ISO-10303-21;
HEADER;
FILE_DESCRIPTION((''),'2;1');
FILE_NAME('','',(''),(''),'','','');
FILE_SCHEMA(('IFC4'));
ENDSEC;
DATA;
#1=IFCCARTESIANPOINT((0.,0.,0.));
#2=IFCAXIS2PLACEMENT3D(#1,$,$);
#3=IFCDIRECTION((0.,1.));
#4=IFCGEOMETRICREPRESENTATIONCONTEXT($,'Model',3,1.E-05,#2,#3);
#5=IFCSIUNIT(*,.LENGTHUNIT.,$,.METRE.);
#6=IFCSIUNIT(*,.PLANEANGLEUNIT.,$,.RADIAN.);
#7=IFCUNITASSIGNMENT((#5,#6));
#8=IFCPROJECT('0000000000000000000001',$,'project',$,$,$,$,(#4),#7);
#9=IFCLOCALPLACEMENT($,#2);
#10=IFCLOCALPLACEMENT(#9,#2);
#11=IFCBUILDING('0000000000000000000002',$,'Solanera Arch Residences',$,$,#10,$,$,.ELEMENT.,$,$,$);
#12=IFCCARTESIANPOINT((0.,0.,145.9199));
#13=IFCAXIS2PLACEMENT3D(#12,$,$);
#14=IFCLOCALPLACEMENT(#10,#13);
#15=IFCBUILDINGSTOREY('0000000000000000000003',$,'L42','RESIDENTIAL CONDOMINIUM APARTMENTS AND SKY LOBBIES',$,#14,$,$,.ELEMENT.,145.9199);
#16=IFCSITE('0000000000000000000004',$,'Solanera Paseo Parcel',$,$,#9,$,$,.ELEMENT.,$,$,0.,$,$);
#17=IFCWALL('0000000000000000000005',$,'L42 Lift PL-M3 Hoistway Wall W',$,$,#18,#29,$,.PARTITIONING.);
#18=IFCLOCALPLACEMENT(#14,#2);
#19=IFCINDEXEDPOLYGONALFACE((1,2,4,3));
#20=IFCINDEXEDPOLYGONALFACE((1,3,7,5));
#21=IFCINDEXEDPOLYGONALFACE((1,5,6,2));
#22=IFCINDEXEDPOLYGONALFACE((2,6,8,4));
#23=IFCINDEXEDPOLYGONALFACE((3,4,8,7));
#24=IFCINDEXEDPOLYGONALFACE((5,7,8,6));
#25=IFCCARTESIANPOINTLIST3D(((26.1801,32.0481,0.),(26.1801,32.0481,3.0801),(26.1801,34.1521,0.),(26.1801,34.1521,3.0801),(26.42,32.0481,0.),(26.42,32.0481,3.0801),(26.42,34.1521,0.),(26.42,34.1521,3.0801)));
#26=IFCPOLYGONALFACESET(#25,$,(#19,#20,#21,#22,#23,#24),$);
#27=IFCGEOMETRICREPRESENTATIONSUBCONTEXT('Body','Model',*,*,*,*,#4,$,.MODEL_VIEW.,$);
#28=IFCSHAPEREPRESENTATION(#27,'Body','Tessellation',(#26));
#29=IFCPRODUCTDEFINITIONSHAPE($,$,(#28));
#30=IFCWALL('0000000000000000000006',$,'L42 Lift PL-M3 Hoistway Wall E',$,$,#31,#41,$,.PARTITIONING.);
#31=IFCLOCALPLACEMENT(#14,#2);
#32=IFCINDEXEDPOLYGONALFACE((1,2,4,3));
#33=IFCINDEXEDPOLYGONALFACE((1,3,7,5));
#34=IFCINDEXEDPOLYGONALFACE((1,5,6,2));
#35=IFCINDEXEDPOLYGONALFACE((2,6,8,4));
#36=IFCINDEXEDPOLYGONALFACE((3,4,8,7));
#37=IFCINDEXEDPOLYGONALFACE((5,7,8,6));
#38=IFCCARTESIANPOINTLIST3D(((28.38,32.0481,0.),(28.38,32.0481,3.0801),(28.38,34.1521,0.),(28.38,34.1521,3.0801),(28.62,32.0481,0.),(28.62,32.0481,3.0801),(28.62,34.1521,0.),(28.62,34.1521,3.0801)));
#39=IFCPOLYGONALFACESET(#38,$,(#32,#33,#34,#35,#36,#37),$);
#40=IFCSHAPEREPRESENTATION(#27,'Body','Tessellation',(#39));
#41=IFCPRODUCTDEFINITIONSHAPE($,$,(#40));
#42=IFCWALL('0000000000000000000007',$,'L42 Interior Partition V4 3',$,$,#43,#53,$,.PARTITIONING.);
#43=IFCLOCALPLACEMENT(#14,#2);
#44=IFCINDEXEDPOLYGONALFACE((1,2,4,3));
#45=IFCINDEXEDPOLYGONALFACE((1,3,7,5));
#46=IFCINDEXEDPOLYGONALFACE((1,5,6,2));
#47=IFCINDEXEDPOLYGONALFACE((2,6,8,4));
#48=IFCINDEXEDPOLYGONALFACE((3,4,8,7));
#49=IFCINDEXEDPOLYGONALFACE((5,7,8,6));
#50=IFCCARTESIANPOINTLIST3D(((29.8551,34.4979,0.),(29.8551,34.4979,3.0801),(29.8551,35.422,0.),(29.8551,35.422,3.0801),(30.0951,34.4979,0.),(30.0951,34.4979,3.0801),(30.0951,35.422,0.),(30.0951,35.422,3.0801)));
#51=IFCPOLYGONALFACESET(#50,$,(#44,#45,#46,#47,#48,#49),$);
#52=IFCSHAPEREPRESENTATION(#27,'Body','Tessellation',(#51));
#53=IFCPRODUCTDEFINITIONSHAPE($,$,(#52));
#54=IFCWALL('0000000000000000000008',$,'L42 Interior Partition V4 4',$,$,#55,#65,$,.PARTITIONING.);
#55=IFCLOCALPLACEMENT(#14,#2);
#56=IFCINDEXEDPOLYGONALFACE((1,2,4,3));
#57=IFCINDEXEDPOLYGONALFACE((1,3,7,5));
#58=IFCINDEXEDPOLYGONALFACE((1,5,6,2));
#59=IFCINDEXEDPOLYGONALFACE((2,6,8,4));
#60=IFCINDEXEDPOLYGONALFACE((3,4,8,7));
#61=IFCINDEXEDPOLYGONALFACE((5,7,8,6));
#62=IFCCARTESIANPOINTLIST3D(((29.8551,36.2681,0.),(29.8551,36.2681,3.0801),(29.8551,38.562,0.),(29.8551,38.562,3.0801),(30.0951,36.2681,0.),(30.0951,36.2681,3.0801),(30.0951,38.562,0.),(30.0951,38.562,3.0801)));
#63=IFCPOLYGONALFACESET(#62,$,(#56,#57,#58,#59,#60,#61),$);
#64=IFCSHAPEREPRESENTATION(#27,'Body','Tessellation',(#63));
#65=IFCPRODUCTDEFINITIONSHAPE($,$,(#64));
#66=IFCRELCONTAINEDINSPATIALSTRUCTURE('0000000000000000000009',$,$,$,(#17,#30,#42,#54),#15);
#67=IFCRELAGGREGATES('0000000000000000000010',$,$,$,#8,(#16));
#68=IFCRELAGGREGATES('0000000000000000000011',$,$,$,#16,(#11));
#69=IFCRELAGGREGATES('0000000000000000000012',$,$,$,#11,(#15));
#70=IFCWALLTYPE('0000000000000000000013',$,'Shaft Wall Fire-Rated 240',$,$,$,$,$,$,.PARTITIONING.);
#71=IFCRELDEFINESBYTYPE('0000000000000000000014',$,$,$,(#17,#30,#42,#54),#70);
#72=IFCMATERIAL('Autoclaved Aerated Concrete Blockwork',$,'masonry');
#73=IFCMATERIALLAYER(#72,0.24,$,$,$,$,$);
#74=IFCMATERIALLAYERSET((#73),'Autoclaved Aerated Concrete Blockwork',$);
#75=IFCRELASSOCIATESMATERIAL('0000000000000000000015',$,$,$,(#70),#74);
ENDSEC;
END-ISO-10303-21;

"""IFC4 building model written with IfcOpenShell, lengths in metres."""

from ifc_helpers import new_model, si_unit, direction, frame, frame_2d, origin, place, context, subcontext, project, spatial, rectangle, extrude, material, layer, layer_set, type_object, element, save


model = new_model("IFC4")

# Units and contexts
model_context = context("Model", 3, precision=1e-05, world=origin(), true_north=direction((0.0, 1.0)))
body_context = subcontext(model_context, "Body", "Model", "MODEL_VIEW")
ifc_project = project(units=[si_unit("LENGTHUNIT", "METRE"), si_unit("PLANEANGLEUNIT", "RADIAN")], contexts=[model_context])

# Site, building, storey
site_placement = place(None, origin())
site = spatial("IfcSite", under=ifc_project, at=site_placement, Name="Solanera Paseo Parcel", CompositionType="ELEMENT", RefElevation=0.0)
building_placement = place(site_placement, origin())
building = spatial("IfcBuilding", under=site, at=building_placement, Name="Solanera Arch Residences", CompositionType="ELEMENT")
storey_placement = place(building_placement, frame((0.0, 0.0, 145.9199)))
storey = spatial("IfcBuildingStorey", under=building, at=storey_placement, Name="L42", Description="RESIDENTIAL CONDOMINIUM APARTMENTS AND SKY LOBBIES", CompositionType="ELEMENT", Elevation=145.9199)

# Walls
ifc_material_1 = material(Name="Autoclaved Aerated Concrete Blockwork", Category="masonry")
ifc_layer_1 = layer(ifc_material_1, 0.24)
ifc_layer_set_1 = layer_set([ifc_layer_1], Name="Autoclaved Aerated Concrete Blockwork")
wall_type_1 = type_object("IfcWallType", Name="Shaft Wall Fire-Rated 240", PredefinedType="PARTITIONING", material=ifc_layer_set_1)
for number, where, z_axis, x_axis, name in (
    (1, (26.3, 32.0481, 0.0), (0.0, 0.0, 1.0), (0.0, 1.0, 0.0), "L42 Lift PL-M3 Hoistway Wall W"),
    (2, (28.5, 32.0481, 0.0), (0.0, 0.0, 1.0), (0.0, 1.0, 0.0), "L42 Lift PL-M3 Hoistway Wall E"),
):
    element("IfcWall", number, at=place(storey_placement, frame(where, z_axis=z_axis, x_axis=x_axis)), inside=storey, type_object=wall_type_1, Name=name, PredefinedType="PARTITIONING", context=body_context, shape_type="SweptSolid", body=[
        extrude(rectangle(XDim=2.104, YDim=0.24, at=frame_2d((1.052, 0.0))), origin(), (0.0, 0.0, 1.0), 3.0801),
    ])

# Walls
wall_1_placement = place(storey_placement, frame((29.9751, 34.498, 0.0), z_axis=(0.0, 0.0, 1.0), x_axis=(0.0, 1.0, 0.0)))
element("IfcWall", 3, at=wall_1_placement, inside=storey, type_object=wall_type_1, Name="L42 Interior Partition V4 3", PredefinedType="PARTITIONING", context=body_context, shape_type="SweptSolid", body=[
    extrude(rectangle(XDim=0.9241, YDim=0.24, at=frame_2d((0.4619, 0.0))), origin(), (0.0, 0.0, 1.0), 3.0801),
])
wall_2_placement = place(storey_placement, frame((29.9751, 36.2681, 0.0), z_axis=(0.0, 0.0, 1.0), x_axis=(0.0, 1.0, 0.0)))
element("IfcWall", 4, at=wall_2_placement, inside=storey, type_object=wall_type_1, Name="L42 Interior Partition V4 4", PredefinedType="PARTITIONING", context=body_context, shape_type="SweptSolid", body=[
    extrude(rectangle(XDim=2.2939, YDim=0.24, at=frame_2d((1.147, 0.0))), origin(), (0.0, 0.0, 1.0), 3.0801),
])

save(model, "model.ifc")
